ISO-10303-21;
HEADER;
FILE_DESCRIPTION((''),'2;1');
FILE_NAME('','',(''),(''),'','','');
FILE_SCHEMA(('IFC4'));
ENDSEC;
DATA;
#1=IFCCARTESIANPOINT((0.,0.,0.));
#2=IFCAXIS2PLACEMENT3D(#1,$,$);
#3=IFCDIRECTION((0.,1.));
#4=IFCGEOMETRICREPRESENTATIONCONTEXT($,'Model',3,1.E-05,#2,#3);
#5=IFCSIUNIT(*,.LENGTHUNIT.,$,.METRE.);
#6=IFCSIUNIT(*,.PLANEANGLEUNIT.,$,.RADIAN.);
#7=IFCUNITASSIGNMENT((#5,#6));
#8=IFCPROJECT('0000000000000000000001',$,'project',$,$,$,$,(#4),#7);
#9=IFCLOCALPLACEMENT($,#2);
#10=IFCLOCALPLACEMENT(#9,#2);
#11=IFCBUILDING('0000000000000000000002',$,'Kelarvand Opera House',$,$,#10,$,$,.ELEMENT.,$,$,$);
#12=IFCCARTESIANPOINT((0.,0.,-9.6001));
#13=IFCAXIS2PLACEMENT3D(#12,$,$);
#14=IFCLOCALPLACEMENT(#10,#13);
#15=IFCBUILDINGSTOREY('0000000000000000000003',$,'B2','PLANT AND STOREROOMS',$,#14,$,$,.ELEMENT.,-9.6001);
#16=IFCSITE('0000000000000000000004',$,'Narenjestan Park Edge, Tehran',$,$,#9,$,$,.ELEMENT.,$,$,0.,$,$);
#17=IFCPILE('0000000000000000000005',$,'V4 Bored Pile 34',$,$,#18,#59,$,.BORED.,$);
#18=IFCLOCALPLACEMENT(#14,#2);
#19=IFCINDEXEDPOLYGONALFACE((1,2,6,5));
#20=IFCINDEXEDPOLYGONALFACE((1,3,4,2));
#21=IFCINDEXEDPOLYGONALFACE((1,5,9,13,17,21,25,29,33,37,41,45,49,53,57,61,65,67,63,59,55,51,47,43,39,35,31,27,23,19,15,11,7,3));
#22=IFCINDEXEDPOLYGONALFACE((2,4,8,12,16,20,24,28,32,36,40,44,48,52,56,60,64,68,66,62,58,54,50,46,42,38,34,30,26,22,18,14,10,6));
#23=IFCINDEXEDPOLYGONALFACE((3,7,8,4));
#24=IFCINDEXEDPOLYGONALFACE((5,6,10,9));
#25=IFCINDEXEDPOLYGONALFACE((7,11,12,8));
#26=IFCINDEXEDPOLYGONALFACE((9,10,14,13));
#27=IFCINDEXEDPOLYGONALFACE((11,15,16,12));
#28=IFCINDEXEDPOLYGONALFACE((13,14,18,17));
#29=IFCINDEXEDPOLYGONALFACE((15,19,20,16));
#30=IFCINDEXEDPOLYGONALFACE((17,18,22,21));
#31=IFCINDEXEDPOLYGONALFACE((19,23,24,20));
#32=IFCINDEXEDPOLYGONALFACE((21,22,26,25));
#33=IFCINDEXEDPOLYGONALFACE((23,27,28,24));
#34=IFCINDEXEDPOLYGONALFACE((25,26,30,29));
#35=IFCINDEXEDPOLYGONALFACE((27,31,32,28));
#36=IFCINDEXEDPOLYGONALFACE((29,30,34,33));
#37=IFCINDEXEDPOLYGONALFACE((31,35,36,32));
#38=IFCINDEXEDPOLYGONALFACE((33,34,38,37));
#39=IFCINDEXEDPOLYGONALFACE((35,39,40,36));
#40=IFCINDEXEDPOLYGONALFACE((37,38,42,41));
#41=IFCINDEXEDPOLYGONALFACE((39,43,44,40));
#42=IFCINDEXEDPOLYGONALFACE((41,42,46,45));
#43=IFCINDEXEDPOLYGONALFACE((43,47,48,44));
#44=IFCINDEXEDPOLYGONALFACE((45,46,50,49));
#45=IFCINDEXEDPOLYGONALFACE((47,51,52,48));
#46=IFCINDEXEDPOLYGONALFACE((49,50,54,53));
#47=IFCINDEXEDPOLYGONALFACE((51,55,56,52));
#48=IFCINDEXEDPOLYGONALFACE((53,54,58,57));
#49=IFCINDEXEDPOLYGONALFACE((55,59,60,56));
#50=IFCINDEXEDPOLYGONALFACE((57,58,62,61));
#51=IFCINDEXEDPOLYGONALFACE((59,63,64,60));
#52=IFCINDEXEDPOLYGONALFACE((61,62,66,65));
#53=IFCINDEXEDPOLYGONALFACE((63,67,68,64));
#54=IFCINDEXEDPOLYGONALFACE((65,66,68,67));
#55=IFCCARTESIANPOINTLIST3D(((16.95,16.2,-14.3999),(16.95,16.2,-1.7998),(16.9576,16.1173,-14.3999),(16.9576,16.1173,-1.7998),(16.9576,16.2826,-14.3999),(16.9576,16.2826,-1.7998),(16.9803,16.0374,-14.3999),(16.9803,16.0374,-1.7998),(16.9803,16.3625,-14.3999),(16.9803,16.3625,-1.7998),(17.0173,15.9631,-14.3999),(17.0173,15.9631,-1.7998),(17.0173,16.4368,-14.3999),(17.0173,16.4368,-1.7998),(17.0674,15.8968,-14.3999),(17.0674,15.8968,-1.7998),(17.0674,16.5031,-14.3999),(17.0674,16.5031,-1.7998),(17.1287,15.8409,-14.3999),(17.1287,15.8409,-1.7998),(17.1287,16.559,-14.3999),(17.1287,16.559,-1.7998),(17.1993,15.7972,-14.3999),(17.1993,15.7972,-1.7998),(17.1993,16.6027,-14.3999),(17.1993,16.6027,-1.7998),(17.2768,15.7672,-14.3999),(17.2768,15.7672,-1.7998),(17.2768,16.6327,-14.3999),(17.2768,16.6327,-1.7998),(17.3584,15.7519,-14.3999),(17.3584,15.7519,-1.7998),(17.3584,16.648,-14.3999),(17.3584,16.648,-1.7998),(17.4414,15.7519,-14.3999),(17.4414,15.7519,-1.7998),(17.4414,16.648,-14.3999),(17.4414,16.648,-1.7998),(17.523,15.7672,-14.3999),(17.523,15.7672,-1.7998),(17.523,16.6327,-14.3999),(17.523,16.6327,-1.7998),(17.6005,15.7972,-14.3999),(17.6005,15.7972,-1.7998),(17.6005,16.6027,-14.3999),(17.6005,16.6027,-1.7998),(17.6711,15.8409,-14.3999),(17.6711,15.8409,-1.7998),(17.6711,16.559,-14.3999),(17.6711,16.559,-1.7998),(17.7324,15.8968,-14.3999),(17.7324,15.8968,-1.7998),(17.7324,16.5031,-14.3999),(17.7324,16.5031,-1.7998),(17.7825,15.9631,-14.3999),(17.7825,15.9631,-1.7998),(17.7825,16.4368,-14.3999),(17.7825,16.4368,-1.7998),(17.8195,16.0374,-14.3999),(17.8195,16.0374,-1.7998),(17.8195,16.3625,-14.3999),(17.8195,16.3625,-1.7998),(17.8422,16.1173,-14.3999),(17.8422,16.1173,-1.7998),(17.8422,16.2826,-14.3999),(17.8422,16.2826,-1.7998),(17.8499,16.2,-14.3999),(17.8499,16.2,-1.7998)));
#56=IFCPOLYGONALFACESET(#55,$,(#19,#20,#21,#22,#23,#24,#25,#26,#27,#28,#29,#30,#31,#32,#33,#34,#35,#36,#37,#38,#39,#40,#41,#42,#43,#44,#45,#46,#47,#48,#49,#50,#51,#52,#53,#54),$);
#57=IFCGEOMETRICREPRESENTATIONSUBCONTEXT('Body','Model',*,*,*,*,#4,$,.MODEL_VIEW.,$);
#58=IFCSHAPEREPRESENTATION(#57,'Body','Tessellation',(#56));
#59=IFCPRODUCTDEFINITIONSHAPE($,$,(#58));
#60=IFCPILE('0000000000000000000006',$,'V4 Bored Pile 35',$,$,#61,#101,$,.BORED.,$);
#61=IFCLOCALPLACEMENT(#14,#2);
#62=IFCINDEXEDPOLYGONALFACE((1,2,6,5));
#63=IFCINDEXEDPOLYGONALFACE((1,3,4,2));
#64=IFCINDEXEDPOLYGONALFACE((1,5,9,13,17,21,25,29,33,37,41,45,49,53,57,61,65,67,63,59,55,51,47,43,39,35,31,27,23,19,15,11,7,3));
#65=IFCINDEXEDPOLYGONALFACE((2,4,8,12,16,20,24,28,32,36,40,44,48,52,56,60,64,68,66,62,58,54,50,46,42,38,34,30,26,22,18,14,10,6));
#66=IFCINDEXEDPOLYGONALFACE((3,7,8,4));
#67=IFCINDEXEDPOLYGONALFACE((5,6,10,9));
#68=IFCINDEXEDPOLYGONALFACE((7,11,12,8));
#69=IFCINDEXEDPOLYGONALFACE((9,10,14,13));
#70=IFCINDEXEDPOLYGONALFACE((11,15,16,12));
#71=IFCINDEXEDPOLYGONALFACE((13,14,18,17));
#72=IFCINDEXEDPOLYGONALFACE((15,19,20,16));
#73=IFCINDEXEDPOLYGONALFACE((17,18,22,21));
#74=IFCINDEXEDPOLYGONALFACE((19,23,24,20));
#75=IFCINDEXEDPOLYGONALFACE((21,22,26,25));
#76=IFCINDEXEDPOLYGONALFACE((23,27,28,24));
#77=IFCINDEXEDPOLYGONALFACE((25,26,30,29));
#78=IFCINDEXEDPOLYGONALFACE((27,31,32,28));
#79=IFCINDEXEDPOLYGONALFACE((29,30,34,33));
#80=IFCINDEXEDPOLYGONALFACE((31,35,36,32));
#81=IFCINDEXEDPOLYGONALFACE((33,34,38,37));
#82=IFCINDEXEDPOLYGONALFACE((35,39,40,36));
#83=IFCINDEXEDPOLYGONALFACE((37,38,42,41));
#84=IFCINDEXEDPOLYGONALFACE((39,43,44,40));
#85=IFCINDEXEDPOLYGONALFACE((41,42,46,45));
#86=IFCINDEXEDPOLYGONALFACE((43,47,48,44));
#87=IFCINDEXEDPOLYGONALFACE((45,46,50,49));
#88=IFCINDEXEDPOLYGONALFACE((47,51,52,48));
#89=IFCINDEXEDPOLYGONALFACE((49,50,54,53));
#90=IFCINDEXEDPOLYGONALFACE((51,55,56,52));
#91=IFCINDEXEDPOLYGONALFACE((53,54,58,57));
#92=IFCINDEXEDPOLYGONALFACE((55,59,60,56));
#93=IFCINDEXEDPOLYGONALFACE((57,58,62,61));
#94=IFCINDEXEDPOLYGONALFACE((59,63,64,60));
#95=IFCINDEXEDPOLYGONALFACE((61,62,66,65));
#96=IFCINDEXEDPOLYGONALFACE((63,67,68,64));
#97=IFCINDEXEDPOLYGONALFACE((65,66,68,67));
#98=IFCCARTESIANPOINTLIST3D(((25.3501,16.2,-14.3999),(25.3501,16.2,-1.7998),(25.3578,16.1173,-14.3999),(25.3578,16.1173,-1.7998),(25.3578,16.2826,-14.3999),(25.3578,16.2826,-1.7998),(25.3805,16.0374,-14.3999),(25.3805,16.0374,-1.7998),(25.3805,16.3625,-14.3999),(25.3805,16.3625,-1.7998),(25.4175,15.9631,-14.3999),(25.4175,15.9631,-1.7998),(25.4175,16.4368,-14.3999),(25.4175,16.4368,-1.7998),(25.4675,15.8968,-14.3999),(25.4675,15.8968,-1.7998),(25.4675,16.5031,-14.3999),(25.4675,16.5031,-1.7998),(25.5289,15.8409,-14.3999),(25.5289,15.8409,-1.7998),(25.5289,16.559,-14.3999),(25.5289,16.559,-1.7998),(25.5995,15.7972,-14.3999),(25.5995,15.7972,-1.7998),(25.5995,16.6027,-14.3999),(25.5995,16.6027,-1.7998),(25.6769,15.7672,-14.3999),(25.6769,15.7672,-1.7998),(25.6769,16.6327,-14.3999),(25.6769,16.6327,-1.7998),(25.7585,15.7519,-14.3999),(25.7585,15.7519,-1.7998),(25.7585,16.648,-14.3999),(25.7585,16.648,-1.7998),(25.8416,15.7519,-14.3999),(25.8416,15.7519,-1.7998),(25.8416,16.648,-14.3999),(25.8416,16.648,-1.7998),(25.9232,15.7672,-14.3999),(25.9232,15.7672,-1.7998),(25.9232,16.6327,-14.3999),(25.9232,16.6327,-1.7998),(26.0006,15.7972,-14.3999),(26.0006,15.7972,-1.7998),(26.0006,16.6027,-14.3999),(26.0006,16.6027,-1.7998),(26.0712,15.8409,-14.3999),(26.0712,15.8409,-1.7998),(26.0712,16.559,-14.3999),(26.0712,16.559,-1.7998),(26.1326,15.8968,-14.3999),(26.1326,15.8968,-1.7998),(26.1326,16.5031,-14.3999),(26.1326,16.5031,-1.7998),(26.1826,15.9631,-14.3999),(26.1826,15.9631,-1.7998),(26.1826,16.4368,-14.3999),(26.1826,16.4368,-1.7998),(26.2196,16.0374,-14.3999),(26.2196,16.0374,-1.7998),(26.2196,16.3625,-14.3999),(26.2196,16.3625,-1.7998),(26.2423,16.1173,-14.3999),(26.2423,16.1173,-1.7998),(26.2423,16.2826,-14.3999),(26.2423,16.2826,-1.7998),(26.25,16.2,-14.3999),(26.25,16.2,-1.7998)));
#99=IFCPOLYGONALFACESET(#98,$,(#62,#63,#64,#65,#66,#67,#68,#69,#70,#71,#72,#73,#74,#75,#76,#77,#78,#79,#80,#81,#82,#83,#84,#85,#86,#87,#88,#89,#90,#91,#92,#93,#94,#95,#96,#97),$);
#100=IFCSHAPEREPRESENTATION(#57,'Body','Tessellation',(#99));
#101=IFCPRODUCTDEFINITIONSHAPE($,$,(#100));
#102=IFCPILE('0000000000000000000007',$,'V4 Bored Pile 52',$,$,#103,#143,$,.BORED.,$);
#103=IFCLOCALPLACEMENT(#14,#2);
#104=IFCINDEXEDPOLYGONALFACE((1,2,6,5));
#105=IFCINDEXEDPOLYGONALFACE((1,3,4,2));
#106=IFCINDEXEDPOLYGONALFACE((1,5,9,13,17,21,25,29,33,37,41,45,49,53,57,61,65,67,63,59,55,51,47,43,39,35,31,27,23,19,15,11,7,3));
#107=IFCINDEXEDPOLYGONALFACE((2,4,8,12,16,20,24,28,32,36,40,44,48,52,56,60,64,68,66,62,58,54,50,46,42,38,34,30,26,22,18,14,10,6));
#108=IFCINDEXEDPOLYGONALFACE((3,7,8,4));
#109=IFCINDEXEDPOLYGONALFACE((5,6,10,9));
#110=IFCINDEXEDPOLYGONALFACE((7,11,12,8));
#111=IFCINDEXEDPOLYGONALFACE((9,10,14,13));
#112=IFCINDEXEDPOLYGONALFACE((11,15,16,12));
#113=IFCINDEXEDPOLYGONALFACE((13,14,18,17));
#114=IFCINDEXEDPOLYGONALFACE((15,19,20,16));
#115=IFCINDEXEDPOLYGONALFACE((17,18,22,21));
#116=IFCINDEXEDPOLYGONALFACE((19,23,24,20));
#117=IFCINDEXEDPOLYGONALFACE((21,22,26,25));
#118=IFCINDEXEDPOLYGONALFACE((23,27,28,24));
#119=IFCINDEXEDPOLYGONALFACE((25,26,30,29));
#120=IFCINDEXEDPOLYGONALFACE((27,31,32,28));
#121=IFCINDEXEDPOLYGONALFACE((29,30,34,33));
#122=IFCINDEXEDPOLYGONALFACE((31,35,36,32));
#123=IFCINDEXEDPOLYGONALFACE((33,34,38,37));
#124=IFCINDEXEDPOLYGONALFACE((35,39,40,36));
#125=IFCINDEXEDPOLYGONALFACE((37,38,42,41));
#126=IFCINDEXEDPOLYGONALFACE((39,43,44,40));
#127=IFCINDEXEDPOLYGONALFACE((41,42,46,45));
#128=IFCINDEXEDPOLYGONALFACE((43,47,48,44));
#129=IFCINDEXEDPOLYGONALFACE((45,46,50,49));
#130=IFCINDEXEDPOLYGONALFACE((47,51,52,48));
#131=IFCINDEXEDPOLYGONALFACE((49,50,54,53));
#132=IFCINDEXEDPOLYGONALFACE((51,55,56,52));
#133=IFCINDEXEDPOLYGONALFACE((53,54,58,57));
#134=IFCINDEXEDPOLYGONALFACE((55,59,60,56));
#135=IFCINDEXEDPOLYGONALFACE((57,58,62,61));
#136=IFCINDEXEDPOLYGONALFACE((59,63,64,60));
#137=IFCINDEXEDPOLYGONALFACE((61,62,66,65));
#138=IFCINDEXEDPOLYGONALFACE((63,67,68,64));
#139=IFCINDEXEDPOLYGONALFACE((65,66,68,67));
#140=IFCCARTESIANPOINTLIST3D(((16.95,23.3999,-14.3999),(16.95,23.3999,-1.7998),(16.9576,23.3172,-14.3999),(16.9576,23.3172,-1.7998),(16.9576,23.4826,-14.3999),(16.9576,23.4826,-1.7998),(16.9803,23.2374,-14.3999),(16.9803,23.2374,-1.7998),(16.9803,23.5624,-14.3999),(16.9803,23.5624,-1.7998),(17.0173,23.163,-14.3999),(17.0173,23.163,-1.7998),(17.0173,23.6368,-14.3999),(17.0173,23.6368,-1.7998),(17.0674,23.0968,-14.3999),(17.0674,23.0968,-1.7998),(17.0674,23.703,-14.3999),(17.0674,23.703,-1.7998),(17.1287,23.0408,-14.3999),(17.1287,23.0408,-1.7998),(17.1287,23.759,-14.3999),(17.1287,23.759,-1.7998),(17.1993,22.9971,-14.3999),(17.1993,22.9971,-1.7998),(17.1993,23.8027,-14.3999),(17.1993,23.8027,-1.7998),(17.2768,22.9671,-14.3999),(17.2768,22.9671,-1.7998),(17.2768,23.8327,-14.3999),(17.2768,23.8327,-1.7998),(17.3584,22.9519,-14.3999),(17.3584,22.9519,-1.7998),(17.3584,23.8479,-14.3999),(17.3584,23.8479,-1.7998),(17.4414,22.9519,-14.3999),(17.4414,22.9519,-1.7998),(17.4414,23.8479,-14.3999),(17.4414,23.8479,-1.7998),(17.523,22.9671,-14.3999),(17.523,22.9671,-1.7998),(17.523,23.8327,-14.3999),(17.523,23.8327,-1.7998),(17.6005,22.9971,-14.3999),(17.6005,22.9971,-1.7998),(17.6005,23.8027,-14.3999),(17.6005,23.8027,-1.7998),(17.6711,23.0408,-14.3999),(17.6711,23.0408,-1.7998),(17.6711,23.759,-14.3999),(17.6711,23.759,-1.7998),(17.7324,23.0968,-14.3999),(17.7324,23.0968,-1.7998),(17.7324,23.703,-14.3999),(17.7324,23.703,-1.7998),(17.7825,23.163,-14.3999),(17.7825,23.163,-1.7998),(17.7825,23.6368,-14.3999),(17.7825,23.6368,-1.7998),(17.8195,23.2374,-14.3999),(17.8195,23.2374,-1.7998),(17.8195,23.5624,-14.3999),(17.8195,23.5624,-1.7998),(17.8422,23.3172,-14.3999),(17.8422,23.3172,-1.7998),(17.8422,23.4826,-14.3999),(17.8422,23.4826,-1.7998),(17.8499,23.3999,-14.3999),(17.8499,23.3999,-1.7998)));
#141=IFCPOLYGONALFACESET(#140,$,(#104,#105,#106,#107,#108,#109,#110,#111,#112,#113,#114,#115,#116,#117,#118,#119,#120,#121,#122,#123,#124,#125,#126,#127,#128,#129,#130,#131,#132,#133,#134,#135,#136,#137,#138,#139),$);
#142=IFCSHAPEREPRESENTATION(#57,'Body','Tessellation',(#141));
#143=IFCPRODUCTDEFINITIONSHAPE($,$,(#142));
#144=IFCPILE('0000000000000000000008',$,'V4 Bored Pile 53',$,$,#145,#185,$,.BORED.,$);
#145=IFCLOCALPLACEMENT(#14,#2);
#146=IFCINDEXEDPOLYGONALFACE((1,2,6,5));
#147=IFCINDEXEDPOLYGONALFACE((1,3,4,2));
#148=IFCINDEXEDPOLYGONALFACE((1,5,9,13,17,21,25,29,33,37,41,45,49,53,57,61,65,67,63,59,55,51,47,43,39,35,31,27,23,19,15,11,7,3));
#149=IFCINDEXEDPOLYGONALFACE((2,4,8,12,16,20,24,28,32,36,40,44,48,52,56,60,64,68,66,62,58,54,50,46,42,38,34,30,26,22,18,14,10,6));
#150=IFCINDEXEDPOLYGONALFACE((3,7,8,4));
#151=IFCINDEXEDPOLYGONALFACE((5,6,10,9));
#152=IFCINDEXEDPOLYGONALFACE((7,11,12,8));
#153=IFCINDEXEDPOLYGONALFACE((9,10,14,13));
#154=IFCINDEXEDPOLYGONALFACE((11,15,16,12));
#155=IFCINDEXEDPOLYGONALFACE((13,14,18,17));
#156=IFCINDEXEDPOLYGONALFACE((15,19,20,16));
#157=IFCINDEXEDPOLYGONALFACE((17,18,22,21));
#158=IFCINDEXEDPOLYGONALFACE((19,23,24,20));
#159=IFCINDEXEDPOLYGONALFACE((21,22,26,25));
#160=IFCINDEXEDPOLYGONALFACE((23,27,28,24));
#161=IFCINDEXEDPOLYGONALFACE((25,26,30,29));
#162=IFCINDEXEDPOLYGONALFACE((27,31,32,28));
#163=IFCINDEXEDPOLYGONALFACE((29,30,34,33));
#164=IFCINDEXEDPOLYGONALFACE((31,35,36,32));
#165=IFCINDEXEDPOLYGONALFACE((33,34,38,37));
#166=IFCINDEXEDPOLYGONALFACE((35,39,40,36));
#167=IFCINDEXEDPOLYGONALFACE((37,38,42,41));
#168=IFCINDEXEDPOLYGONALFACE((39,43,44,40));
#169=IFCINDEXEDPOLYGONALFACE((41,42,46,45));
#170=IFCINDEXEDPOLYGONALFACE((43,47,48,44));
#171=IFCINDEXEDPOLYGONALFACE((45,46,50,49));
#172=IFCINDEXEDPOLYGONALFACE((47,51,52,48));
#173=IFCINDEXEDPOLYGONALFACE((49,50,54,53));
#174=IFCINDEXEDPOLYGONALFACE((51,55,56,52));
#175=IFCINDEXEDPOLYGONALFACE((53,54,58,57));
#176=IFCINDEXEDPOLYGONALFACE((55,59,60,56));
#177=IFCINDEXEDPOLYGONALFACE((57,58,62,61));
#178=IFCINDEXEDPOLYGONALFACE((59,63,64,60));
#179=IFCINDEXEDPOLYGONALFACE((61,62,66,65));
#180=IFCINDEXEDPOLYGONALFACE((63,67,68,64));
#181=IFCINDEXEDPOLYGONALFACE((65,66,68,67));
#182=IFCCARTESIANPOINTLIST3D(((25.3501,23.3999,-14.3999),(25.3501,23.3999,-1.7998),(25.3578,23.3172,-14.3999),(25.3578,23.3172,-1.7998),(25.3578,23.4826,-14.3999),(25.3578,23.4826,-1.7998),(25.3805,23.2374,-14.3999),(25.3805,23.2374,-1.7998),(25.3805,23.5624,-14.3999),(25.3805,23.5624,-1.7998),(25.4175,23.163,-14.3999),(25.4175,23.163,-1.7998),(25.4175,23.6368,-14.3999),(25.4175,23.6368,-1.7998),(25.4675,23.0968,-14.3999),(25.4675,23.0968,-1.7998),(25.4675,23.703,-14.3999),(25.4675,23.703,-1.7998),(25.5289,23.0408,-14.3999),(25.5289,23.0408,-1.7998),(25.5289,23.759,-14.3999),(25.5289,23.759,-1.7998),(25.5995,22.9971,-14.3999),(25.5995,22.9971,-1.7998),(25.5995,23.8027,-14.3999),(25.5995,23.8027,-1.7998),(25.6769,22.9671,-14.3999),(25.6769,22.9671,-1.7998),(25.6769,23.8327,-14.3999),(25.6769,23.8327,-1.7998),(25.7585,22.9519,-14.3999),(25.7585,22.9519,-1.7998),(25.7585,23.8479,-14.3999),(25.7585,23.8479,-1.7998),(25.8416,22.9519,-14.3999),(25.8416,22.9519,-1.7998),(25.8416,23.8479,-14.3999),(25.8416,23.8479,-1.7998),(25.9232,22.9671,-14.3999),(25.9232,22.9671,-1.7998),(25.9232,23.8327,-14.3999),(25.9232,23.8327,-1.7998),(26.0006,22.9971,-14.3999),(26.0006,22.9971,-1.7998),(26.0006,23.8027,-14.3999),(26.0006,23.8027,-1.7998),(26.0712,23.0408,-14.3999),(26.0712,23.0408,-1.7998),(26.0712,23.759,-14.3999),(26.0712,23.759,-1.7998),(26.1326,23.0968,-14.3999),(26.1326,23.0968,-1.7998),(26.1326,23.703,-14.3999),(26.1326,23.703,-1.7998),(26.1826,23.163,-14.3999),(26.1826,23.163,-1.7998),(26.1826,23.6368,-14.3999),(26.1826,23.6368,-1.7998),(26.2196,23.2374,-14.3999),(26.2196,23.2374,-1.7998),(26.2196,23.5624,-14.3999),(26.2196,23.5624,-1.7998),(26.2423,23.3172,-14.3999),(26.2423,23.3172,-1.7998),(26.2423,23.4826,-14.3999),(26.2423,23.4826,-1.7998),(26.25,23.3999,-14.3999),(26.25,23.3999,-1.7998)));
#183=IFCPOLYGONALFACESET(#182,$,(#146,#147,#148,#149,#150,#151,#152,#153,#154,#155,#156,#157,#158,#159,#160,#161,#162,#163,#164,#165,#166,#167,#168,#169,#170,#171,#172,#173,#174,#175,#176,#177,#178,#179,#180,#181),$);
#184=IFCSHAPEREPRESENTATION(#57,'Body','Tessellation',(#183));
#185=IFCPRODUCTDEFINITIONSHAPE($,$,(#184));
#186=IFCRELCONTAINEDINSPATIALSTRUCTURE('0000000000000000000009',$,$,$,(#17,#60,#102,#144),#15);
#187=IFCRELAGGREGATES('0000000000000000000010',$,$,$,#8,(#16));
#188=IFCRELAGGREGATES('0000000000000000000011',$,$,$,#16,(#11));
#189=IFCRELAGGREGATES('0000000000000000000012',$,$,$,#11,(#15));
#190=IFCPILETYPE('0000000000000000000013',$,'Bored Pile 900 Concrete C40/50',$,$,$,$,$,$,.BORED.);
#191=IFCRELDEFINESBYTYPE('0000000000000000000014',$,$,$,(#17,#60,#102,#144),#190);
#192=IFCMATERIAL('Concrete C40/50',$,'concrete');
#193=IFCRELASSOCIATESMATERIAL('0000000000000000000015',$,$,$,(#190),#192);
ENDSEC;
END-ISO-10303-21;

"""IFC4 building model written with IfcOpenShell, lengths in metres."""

from ifc_helpers import new_model, si_unit, direction, frame, origin, origin_2d, place, context, subcontext, project, spatial, circle, extrude, material, material_profile, profile_set, type_object, element, save


model = new_model("IFC4")

# Units and contexts
model_context = context("Model", 3, precision=1e-05, world=origin(), true_north=direction((0.0, 1.0)))
body_context = subcontext(model_context, "Body", "Model", "MODEL_VIEW")
ifc_project = project(units=[si_unit("LENGTHUNIT", "METRE"), si_unit("PLANEANGLEUNIT", "RADIAN")], contexts=[model_context])

# Site, building, storey
site_placement = place(None, origin())
site = spatial("IfcSite", under=ifc_project, at=site_placement, Name="Narenjestan Park Edge, Tehran", CompositionType="ELEMENT", RefElevation=0.0)
building_placement = place(site_placement, origin())
building = spatial("IfcBuilding", under=site, at=building_placement, Name="Kelarvand Opera House", CompositionType="ELEMENT")
storey_placement = place(building_placement, frame((0.0, 0.0, -9.6001)))
storey = spatial("IfcBuildingStorey", under=building, at=storey_placement, Name="B2", Description="PLANT AND STOREROOMS", CompositionType="ELEMENT", Elevation=-9.6001)

# Piles
ifc_material_1 = material(Name="Concrete C40/50", Category="concrete")
ifc_material_profile_1 = material_profile(ifc_material_1, circle(Radius=0.45, at=origin_2d()), Name="BP 900", Category="concrete")
ifc_profile_set_1 = profile_set([ifc_material_profile_1], Name="Concrete C40/50")
pile_type = type_object("IfcPileType", Name="Bored Pile 900 Concrete C40/50", PredefinedType="BORED", material=ifc_profile_set_1)
for number, where, z_axis, x_axis, name in (
    (1, (17.3999, 16.2, -1.7998), (0.0, 0.0, -1.0), (1.0, 0.0, 0.0), "V4 Bored Pile 34"),
    (2, (25.8, 16.2, -1.7998), (0.0, 0.0, -1.0), (1.0, 0.0, 0.0), "V4 Bored Pile 35"),
    (3, (17.3999, 23.3999, -1.7998), (0.0, 0.0, -1.0), (1.0, 0.0, 0.0), "V4 Bored Pile 52"),
    (4, (25.8, 23.3999, -1.7998), (0.0, 0.0, -1.0), (1.0, 0.0, 0.0), "V4 Bored Pile 53"),
):
    element("IfcPile", number, at=place(storey_placement, frame(where, z_axis=z_axis, x_axis=x_axis)), inside=storey, type_object=pile_type, Name=name, PredefinedType="BORED", context=body_context, shape_type="SweptSolid", body=[
        extrude(circle(Radius=0.45, at=origin_2d()), origin(), (0.0, 0.0, 1.0), 12.6001),
    ])

save(model, "model.ifc")
